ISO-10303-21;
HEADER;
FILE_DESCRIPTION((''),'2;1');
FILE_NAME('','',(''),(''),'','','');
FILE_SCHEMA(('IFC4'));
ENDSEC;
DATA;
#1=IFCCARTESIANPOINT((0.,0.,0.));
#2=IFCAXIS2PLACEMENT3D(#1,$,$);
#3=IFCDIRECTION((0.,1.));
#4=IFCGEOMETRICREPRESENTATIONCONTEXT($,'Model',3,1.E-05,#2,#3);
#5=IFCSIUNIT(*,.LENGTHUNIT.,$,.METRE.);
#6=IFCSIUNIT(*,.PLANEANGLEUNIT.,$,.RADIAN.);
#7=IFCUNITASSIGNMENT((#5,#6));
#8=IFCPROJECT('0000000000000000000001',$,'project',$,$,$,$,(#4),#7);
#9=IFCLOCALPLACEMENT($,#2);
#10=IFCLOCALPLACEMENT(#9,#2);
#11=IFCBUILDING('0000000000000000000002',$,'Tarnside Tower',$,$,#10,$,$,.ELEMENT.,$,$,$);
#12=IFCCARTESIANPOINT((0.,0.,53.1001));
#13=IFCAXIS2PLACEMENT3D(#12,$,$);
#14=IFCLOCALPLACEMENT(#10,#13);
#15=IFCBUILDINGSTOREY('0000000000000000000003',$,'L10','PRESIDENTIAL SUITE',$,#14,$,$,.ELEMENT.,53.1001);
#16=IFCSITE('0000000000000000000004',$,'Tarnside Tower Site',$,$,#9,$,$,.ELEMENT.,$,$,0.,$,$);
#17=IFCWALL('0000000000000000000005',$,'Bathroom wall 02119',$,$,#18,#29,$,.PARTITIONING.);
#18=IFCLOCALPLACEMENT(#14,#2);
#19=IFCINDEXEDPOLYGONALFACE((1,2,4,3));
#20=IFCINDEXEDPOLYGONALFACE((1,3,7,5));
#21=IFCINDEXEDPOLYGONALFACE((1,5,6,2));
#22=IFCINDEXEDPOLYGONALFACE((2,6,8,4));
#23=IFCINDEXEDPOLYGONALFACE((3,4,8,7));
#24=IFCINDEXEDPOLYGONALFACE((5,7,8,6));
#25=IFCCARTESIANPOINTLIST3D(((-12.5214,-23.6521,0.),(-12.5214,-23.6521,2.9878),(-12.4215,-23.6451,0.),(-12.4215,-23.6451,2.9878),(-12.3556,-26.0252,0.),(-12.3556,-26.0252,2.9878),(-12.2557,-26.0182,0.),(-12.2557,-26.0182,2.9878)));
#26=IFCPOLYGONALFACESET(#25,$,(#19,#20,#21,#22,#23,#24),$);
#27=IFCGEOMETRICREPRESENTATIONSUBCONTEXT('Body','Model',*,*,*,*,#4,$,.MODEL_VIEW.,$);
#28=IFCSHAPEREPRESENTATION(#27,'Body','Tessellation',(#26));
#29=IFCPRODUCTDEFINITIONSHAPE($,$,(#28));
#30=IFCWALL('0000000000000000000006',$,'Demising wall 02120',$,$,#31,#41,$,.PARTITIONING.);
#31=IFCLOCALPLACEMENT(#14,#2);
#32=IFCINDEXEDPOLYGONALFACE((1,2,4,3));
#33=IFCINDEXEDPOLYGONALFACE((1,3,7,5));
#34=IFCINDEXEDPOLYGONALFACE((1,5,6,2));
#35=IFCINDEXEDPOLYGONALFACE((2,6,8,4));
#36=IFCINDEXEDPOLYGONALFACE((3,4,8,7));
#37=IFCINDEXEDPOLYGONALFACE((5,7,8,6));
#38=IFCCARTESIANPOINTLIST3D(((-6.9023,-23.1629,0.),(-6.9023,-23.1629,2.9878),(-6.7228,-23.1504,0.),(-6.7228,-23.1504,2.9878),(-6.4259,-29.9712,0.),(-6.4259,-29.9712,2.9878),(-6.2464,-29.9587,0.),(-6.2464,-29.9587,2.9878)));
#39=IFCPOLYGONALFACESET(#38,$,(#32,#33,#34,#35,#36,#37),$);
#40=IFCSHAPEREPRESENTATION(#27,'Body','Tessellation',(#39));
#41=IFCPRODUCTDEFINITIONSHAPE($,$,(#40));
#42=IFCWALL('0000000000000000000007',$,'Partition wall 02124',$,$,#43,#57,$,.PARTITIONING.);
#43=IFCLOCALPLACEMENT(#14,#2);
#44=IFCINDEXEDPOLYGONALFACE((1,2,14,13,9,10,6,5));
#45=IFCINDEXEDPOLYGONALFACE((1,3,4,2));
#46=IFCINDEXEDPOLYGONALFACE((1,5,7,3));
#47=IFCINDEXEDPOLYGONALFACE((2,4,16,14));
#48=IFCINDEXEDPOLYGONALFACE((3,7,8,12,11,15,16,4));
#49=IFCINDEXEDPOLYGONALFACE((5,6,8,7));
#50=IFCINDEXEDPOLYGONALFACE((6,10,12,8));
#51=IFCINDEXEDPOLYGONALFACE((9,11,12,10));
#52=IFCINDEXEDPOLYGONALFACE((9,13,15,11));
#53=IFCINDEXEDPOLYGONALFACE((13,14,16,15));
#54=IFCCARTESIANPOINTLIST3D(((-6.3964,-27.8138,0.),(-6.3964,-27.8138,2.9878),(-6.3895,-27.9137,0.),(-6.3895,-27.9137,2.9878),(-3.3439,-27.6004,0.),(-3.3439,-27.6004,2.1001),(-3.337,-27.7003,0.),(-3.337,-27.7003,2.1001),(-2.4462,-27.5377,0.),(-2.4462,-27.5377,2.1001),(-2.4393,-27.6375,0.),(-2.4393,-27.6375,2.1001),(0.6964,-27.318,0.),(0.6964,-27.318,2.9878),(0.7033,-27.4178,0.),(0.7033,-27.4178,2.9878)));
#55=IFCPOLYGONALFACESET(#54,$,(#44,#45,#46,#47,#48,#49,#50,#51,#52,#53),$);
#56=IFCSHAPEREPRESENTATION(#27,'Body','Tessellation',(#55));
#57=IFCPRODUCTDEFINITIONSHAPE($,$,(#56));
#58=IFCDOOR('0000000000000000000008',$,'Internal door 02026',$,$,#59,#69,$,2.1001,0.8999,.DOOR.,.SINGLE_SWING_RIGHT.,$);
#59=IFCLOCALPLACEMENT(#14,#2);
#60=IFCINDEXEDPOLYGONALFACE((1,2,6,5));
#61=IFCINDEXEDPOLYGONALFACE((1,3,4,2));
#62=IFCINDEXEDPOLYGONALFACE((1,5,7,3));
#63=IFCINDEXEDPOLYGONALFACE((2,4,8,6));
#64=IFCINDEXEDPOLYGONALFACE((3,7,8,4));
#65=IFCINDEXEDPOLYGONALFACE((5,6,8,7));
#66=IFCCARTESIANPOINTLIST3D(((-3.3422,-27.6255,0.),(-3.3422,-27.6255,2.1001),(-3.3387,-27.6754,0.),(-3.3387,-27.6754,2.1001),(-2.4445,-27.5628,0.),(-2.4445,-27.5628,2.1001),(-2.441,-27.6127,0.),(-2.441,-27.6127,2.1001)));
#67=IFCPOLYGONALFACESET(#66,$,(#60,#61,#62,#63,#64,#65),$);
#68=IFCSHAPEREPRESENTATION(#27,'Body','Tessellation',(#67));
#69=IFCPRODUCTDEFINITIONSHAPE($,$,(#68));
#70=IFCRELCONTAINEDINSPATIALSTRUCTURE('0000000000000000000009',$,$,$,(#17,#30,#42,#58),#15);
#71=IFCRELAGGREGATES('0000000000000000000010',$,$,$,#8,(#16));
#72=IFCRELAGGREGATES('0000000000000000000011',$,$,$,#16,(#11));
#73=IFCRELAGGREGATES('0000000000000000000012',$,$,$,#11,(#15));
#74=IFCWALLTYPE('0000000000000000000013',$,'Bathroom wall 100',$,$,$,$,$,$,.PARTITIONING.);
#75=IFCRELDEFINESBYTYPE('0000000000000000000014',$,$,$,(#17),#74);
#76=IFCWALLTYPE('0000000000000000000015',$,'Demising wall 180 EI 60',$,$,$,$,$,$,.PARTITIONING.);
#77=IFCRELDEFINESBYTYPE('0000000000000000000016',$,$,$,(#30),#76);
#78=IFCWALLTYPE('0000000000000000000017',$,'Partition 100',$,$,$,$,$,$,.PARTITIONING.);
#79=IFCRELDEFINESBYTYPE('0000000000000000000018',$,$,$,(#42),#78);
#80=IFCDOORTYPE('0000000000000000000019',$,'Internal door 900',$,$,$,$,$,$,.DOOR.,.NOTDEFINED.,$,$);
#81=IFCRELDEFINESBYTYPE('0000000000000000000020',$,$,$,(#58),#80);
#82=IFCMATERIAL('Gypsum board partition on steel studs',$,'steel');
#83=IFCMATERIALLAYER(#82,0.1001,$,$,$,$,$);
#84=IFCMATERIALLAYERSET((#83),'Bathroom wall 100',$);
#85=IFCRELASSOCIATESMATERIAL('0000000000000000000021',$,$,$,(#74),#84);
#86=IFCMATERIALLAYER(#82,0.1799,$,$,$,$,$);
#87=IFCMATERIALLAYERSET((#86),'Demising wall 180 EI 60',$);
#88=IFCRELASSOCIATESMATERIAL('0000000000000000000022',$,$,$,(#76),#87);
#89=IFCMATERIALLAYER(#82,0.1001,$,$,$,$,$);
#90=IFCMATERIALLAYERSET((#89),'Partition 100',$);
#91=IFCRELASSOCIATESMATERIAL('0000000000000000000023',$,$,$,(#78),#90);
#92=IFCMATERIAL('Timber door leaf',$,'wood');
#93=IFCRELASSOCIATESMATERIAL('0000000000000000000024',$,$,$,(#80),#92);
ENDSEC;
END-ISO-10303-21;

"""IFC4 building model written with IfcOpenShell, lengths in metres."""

from ifc_helpers import new_model, si_unit, direction, frame, frame_2d, origin, place, context, subcontext, project, spatial, rectangle, extrude, material, layer, layer_set, type_object, element, fill, save


model = new_model("IFC4")

# Units and contexts
model_context = context("Model", 3, precision=1e-05, world=origin(), true_north=direction((0.0, 1.0)))
body_context = subcontext(model_context, "Body", "Model", "MODEL_VIEW")
ifc_project = project(units=[si_unit("LENGTHUNIT", "METRE"), si_unit("PLANEANGLEUNIT", "RADIAN")], contexts=[model_context])

# Site, building, storey
site_placement = place(None, origin())
site = spatial("IfcSite", under=ifc_project, at=site_placement, Name="Tarnside Tower Site", CompositionType="ELEMENT", RefElevation=0.0)
building_placement = place(site_placement, origin())
building = spatial("IfcBuilding", under=site, at=building_placement, Name="Tarnside Tower", CompositionType="ELEMENT")
storey_placement = place(building_placement, frame((0.0, 0.0, 53.1001)))
storey = spatial("IfcBuildingStorey", under=building, at=storey_placement, Name="L10", Description="PRESIDENTIAL SUITE", CompositionType="ELEMENT", Elevation=53.1001)

# Walls
ifc_material_1 = material(Name="Gypsum board partition on steel studs", Category="steel")
ifc_layer_1 = layer(ifc_material_1, 0.1001)
ifc_layer_set_1 = layer_set([ifc_layer_1], Name="Bathroom wall 100")
wall_type_1 = type_object("IfcWallType", Name="Bathroom wall 100", PredefinedType="PARTITIONING", material=ifc_layer_set_1)
wall_1_placement = place(storey_placement, frame((-12.3057, -26.0217, 0.0), z_axis=(0.0, 0.0, 1.0), x_axis=(-0.069686, 0.997569, 0.0)))
element("IfcWall", 1, at=wall_1_placement, inside=storey, type_object=wall_type_1, Name="Bathroom wall 02119", PredefinedType="PARTITIONING", context=body_context, shape_type="SweptSolid", body=[
    extrude(rectangle(XDim=2.3789, YDim=0.1001, at=frame_2d((1.1895, 0.0))), origin(), (0.0, 0.0, 1.0), 2.9878),
])
ifc_layer_2 = layer(ifc_material_1, 0.1799)
ifc_layer_set_2 = layer_set([ifc_layer_2], Name="Demising wall 180 EI 60")
wall_type_2 = type_object("IfcWallType", Name="Demising wall 180 EI 60", PredefinedType="PARTITIONING", material=ifc_layer_set_2)
wall_2_placement = place(storey_placement, frame((-6.3362, -29.9651, 0.0), z_axis=(0.0, 0.0, 1.0), x_axis=(-0.06979, 0.997562, 0.0)))
element("IfcWall", 2, at=wall_2_placement, inside=storey, type_object=wall_type_2, Name="Demising wall 02120", PredefinedType="PARTITIONING", context=body_context, shape_type="SweptSolid", body=[
    extrude(rectangle(XDim=6.825, YDim=0.1799, at=frame_2d((3.4126, 0.0))), origin(), (0.0, 0.0, 1.0), 2.9878),
])

# Wall, opening, door
ifc_layer_3 = layer(ifc_material_1, 0.1001)
ifc_layer_set_3 = layer_set([ifc_layer_3], Name="Partition 100")
wall_type_3 = type_object("IfcWallType", Name="Partition 100", PredefinedType="PARTITIONING", material=ifc_layer_set_3)
wall_3_placement = place(storey_placement, frame((-6.3931, -27.8638, 0.0), z_axis=(0.0, 0.0, 1.0), x_axis=(0.997565, 0.069739, 0.0)))
wall_3 = element("IfcWall", 3, at=wall_3_placement, inside=storey, type_object=wall_type_3, Name="Partition wall 02124", PredefinedType="PARTITIONING", context=body_context, shape_type="SweptSolid", body=[
    extrude(rectangle(XDim=7.1101, YDim=0.1001, at=frame_2d((3.5552, 0.0))), origin(), (0.0, 0.0, 1.0), 2.9878),
])
opening_1_placement = place(wall_3_placement, frame((3.0601, 0.0, 0.0)))
opening_1 = element("IfcOpeningElement", 4, at=opening_1_placement, cuts=wall_3, PredefinedType="OPENING", context=body_context, shape_type="SweptSolid", body=[
    extrude(rectangle(XDim=0.8999, YDim=2.1001, at=frame_2d((0.45, 1.05))), frame((0.0, 0.0601, 0.0), z_axis=(0.0, -1.0, 0.0), x_axis=(1.0, 0.0, 0.0)), (0.0, 0.0, 1.0), 0.1201),
])
ifc_material_2 = material(Name="Timber door leaf", Category="wood")
door_type = type_object("IfcDoorType", Name="Internal door 900", OperationType="NOTDEFINED", PredefinedType="DOOR", material=ifc_material_2)
door_placement = place(opening_1_placement, origin())
door = element("IfcDoor", 5, at=door_placement, inside=storey, type_object=door_type, Name="Internal door 02026", OperationType="SINGLE_SWING_RIGHT", OverallHeight=2.1001, OverallWidth=0.8999, PredefinedType="DOOR", context=body_context, shape_type="SweptSolid", body=[
    extrude(rectangle(XDim=0.8999, YDim=2.1001, at=frame_2d((0.45, 1.05))), frame((0.0, 0.0249, 0.0), z_axis=(0.0, -1.0, 0.0), x_axis=(1.0, 0.0, 0.0)), (0.0, 0.0, 1.0), 0.05),
])
fill(opening_1, door)

save(model, "model.ifc")
